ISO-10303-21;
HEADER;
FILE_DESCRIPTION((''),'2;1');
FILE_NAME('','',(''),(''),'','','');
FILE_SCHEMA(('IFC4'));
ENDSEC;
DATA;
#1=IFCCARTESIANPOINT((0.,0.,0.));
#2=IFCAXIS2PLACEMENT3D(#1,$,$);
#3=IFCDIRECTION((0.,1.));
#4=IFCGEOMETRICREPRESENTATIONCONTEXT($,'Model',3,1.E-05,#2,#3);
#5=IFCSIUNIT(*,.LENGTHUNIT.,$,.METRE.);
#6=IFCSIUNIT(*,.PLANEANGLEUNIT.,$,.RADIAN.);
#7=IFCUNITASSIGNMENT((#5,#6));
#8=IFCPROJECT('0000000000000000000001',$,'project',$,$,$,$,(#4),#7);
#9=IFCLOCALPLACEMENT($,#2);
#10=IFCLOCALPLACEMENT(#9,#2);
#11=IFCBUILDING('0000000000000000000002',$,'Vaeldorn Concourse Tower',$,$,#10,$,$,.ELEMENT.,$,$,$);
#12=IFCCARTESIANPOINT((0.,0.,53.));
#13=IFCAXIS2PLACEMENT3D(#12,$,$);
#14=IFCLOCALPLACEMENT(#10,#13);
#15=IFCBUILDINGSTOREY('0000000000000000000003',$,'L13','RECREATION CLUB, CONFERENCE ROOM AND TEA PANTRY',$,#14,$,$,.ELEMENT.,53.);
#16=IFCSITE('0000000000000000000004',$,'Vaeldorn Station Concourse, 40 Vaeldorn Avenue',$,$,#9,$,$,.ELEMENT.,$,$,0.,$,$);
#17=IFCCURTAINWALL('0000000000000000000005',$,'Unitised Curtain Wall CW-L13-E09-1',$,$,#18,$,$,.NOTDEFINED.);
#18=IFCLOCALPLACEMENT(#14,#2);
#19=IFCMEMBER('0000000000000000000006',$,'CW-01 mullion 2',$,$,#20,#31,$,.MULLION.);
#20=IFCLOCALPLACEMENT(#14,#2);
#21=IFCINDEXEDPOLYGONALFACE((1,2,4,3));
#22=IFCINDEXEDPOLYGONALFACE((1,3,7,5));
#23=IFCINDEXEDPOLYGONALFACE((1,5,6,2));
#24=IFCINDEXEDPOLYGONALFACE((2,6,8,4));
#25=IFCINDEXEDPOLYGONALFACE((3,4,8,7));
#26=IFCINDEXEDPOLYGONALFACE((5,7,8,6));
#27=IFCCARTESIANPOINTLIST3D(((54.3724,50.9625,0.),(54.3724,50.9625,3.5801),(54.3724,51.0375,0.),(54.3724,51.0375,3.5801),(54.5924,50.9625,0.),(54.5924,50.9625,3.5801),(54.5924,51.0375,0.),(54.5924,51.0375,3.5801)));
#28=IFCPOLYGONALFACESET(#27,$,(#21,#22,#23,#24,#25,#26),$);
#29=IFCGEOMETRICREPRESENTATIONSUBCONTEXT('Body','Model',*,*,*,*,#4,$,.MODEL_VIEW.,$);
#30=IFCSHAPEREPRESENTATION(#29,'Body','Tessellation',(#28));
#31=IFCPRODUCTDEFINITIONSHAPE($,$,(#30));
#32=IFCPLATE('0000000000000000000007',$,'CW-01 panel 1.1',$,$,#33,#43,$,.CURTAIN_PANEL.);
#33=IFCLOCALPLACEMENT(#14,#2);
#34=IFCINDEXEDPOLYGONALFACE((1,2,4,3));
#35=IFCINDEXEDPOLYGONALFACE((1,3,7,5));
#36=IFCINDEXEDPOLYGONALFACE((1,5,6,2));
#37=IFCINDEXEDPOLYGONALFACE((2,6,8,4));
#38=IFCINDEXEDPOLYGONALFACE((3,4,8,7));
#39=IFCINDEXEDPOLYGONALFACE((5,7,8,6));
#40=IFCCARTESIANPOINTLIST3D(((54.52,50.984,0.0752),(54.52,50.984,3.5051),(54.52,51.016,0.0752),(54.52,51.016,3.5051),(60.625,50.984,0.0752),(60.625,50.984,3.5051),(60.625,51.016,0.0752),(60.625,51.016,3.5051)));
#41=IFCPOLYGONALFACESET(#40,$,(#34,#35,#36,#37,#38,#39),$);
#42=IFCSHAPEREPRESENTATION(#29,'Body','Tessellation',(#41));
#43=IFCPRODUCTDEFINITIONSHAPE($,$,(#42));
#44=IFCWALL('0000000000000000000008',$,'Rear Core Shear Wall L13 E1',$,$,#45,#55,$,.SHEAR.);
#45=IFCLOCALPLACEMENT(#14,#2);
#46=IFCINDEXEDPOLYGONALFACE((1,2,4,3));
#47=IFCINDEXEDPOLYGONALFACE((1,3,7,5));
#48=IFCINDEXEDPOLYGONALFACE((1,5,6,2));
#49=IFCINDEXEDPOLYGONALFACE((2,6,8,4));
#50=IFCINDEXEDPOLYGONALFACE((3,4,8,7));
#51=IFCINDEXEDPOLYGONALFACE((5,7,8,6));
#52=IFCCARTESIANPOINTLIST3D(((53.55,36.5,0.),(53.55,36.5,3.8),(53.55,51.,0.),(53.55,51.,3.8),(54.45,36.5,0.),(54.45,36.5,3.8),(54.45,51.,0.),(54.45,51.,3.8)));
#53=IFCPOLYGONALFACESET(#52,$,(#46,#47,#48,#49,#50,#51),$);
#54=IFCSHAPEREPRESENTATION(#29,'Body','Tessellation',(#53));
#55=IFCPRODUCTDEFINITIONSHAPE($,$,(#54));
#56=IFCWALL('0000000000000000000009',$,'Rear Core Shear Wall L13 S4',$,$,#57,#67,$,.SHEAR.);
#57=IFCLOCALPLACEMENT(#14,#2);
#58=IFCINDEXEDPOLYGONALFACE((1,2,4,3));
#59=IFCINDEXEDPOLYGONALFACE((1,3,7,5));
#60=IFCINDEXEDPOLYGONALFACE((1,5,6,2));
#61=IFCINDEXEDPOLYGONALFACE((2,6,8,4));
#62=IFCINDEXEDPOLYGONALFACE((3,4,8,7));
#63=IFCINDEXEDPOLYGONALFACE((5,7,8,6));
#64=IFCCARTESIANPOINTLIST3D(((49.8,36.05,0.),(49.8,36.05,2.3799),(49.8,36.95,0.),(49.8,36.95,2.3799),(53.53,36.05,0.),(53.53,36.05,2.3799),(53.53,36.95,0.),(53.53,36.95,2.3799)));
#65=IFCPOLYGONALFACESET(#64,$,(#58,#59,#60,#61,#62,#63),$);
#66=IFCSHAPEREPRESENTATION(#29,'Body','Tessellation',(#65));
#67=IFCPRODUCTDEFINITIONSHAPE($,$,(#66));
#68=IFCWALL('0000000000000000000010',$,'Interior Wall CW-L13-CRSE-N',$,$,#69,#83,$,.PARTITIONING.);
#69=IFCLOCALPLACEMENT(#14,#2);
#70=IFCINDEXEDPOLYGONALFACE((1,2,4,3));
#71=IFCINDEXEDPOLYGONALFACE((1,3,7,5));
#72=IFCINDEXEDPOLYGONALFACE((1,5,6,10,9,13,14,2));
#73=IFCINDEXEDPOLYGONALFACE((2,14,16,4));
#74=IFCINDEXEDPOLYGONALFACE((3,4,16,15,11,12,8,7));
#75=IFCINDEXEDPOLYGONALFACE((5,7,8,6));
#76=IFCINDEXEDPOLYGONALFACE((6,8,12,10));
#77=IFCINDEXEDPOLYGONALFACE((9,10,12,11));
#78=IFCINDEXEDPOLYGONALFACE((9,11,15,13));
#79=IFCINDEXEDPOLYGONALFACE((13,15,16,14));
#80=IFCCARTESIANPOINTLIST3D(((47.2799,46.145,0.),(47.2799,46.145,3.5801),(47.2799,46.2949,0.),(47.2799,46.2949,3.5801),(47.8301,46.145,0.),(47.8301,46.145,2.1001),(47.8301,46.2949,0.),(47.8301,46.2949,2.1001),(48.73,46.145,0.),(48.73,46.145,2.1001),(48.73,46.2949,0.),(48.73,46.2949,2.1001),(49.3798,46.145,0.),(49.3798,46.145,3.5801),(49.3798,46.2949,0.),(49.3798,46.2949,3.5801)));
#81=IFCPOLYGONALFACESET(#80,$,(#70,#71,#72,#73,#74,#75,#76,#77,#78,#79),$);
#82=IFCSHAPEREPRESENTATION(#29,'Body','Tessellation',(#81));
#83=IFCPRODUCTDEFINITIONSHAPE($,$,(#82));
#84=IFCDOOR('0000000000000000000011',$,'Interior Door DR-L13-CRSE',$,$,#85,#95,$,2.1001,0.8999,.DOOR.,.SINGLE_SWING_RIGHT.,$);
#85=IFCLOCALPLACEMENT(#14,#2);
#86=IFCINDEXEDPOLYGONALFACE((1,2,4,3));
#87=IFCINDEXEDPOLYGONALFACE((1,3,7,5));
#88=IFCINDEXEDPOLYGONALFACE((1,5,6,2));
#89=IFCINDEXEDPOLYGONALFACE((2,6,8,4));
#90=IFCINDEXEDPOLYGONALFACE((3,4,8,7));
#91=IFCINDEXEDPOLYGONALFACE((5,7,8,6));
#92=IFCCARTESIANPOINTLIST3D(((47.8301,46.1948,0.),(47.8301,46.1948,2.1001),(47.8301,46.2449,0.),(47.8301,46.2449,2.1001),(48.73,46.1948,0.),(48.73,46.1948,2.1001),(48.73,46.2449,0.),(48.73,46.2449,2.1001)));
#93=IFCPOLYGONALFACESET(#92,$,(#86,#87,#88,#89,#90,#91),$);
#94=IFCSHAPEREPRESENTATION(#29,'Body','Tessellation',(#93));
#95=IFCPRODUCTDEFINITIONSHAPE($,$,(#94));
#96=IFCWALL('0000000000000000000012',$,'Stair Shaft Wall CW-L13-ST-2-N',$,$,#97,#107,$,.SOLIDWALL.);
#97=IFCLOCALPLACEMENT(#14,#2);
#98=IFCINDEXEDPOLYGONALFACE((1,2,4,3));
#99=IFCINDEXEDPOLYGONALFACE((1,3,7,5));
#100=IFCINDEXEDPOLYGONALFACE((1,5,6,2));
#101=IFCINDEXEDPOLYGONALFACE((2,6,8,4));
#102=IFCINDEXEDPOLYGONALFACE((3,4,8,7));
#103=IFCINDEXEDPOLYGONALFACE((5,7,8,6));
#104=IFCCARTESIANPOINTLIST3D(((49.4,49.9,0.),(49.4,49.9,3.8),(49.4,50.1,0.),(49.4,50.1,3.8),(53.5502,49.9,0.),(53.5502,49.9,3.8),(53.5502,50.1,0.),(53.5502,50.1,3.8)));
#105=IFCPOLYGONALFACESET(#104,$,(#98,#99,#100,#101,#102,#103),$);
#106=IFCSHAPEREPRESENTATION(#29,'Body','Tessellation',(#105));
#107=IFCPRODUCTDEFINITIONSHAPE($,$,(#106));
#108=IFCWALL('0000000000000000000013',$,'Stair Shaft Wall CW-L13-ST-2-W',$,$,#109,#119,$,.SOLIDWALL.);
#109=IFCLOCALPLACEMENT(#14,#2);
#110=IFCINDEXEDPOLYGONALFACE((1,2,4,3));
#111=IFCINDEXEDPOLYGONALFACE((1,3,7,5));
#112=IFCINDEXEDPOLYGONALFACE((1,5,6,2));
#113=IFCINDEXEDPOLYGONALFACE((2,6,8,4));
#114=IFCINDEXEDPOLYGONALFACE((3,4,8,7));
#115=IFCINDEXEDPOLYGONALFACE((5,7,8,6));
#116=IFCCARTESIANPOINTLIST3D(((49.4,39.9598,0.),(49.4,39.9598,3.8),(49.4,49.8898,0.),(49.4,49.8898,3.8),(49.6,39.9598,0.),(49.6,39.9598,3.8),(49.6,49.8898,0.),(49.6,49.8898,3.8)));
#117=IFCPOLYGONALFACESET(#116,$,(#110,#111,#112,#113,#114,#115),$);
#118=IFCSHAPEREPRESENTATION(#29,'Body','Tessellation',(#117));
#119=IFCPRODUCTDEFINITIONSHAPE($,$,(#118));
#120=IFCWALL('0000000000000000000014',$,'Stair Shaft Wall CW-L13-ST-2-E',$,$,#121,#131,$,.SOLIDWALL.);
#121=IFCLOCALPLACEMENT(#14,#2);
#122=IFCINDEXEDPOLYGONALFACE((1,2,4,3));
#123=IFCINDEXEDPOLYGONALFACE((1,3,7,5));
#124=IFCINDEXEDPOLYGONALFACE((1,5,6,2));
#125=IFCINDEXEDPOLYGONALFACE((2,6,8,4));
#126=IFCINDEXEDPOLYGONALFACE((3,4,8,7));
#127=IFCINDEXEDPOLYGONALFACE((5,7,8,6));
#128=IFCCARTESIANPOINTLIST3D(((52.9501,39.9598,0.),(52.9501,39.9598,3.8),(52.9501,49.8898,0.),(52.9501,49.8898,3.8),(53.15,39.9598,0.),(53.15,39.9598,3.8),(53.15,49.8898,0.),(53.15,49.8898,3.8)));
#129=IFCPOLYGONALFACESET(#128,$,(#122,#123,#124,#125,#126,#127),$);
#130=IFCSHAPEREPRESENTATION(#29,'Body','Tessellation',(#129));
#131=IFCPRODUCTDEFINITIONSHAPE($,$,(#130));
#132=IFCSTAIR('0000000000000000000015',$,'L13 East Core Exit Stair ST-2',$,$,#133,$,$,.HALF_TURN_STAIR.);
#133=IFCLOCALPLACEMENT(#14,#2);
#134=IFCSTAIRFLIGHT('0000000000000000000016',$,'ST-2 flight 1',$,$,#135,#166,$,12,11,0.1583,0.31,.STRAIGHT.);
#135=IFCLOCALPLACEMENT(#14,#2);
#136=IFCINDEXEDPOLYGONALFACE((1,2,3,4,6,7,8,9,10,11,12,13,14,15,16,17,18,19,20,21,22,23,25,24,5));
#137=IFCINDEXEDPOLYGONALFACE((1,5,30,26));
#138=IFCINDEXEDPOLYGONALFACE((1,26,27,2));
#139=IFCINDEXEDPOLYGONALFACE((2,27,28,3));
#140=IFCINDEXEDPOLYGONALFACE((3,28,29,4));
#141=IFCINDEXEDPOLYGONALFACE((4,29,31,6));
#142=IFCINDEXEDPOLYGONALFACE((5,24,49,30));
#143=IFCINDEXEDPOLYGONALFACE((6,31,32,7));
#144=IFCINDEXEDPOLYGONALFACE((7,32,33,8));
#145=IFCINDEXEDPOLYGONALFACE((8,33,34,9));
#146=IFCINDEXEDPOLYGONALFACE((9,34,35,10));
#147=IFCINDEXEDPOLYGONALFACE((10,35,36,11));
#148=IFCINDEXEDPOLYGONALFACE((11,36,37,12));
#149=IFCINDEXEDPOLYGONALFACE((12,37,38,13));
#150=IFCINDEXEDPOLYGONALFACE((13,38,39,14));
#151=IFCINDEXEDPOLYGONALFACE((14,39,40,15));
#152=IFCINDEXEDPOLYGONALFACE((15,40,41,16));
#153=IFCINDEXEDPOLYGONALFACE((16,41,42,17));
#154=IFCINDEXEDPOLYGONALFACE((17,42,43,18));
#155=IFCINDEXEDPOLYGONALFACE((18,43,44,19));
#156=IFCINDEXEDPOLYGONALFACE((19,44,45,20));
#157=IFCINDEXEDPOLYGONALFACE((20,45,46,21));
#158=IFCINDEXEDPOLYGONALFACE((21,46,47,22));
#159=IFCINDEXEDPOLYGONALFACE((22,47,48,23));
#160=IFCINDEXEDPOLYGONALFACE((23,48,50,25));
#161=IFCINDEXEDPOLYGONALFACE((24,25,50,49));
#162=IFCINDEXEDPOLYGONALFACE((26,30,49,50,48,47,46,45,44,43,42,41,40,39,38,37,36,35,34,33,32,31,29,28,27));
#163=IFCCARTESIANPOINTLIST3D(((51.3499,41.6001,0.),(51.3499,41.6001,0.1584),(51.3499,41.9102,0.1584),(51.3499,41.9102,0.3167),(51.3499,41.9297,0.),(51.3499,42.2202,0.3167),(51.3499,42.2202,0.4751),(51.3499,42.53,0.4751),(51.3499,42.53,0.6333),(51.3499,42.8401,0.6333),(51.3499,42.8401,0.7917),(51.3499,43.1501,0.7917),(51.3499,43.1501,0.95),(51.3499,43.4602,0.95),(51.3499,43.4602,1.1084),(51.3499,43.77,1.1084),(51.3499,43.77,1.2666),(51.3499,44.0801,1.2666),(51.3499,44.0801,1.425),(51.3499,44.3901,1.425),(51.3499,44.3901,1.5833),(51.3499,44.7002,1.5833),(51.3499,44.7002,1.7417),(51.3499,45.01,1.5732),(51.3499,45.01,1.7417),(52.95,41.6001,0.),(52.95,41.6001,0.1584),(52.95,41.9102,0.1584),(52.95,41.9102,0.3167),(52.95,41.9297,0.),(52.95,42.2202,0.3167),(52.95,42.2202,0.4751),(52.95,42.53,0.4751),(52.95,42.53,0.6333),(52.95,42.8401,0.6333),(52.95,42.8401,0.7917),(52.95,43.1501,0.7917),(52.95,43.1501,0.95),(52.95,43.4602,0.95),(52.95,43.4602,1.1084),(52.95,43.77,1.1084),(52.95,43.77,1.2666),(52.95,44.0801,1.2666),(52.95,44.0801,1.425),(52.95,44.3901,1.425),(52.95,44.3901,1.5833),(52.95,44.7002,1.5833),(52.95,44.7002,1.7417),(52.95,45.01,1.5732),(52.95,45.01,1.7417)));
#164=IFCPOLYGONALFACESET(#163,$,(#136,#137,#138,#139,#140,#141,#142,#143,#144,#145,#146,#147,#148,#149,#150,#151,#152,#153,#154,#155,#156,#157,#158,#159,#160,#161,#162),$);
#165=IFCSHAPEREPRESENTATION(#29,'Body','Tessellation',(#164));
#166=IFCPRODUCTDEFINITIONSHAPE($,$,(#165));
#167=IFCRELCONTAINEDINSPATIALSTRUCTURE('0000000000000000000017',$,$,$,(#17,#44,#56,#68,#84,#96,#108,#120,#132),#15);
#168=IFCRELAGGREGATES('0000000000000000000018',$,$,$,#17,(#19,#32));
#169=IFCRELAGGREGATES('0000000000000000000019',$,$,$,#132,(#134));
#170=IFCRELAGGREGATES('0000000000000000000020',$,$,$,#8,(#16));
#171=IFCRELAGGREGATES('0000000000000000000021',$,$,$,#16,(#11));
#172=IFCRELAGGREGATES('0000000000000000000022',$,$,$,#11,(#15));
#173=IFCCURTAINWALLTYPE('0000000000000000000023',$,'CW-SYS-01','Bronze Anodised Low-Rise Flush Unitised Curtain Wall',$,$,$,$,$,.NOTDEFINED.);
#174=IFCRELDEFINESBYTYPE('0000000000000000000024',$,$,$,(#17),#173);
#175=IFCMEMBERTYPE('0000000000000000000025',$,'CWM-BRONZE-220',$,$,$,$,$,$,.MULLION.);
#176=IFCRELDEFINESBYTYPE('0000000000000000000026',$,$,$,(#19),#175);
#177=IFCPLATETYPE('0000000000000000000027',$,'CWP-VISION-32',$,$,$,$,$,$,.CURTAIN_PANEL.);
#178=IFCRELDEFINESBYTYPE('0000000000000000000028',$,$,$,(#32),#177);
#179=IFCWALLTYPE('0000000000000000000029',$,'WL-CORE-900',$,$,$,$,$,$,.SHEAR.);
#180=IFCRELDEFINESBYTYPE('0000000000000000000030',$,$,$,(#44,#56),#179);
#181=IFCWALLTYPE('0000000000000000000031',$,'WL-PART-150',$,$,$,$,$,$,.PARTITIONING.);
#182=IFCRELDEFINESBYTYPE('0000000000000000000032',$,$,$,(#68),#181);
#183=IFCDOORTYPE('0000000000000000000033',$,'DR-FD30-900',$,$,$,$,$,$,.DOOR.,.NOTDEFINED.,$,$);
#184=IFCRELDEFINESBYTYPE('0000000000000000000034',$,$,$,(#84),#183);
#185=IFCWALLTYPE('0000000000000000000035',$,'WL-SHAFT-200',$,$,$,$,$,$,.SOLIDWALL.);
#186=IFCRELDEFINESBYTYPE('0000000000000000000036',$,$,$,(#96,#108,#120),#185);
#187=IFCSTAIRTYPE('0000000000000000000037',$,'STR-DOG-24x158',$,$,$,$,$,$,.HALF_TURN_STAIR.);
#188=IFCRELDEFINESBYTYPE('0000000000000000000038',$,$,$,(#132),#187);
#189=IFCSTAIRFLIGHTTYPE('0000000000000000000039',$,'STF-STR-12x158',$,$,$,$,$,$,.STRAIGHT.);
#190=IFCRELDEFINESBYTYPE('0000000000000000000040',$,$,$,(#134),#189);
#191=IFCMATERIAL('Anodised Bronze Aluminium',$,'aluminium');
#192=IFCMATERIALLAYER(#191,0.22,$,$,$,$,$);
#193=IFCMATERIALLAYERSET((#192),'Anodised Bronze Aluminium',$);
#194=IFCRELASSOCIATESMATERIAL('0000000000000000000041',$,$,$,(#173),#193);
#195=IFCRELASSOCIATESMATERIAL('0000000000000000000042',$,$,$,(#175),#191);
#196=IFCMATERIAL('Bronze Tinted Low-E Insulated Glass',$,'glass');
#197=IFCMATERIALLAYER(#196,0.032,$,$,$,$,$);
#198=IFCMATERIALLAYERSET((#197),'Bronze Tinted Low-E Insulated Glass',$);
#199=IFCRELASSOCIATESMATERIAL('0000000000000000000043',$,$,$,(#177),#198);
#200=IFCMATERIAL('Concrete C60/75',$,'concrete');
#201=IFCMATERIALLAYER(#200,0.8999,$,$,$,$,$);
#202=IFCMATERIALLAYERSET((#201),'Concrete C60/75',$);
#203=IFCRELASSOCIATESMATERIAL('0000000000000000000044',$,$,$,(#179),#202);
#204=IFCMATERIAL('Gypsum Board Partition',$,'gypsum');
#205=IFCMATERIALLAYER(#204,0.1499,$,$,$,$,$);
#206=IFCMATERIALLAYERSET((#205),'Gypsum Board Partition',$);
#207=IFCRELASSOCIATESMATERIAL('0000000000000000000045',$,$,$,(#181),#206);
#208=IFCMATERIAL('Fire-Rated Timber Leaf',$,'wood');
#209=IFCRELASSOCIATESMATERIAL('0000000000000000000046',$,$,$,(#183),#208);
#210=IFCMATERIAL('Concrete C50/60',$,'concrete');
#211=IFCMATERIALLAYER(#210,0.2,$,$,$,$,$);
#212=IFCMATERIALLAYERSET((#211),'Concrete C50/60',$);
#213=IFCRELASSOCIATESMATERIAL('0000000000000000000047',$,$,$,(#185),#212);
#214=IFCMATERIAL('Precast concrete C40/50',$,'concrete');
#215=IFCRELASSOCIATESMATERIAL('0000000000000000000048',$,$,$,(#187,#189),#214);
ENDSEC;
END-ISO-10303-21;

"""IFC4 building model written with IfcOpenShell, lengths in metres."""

from ifc_helpers import new_model, si_unit, direction, frame, frame_2d, origin, origin_2d, place, context, subcontext, project, spatial, polyline, rectangle, outline, extrude, source, transform, mapped, material, layer, layer_set, material_profile, profile_set, type_object, element, fill, aggregate, save


model = new_model("IFC4")

# Units and contexts
model_context = context("Model", 3, precision=1e-05, world=origin(), true_north=direction((0.0, 1.0)))
body_context = subcontext(model_context, "Body", "Model", "MODEL_VIEW")
ifc_project = project(units=[si_unit("LENGTHUNIT", "METRE"), si_unit("PLANEANGLEUNIT", "RADIAN")], contexts=[model_context])

# Site, building, storey
site_placement = place(None, origin())
site = spatial("IfcSite", under=ifc_project, at=site_placement, Name="Vaeldorn Station Concourse, 40 Vaeldorn Avenue", CompositionType="ELEMENT", RefElevation=0.0)
building_placement = place(site_placement, origin())
building = spatial("IfcBuilding", under=site, at=building_placement, Name="Vaeldorn Concourse Tower", CompositionType="ELEMENT")
storey_placement = place(building_placement, frame((0.0, 0.0, 53.0)))
storey = spatial("IfcBuildingStorey", under=building, at=storey_placement, Name="L13", Description="RECREATION CLUB, CONFERENCE ROOM AND TEA PANTRY", CompositionType="ELEMENT", Elevation=53.0)

# Shared definitions
ifc_material_1 = material(Name="Concrete C60/75", Category="concrete")

# Curtain wall, member, plate
ifc_material_2 = material(Name="Anodised Bronze Aluminium", Category="aluminium")
ifc_layer_1 = layer(ifc_material_2, 0.22)
ifc_layer_set_1 = layer_set([ifc_layer_1], Name="Anodised Bronze Aluminium")
curtain_wall_type = type_object("IfcCurtainWallType", Name="CW-SYS-01", Description="Bronze Anodised Low-Rise Flush Unitised Curtain Wall", PredefinedType="NOTDEFINED", material=ifc_layer_set_1)
curtain_wall_placement = place(storey_placement, origin())
curtain_wall = element("IfcCurtainWall", 1, at=curtain_wall_placement, inside=storey, type_object=curtain_wall_type, Name="Unitised Curtain Wall CW-L13-E09-1", PredefinedType="NOTDEFINED")
ifc_material_profile_1 = material_profile(ifc_material_2, rectangle(XDim=0.075, YDim=0.22, at=origin_2d()), Name="CWM 75x220")
ifc_profile_set_1 = profile_set([ifc_material_profile_1], Name="Anodised Bronze Aluminium")
member_type = type_object("IfcMemberType", Name="CWM-BRONZE-220", PredefinedType="MULLION", material=ifc_profile_set_1)
shared_shape_1 = source(origin(), body_context, "Body", "SweptSolid", [
    extrude(rectangle(XDim=0.075, YDim=0.22, at=origin_2d()), origin(), (0.0, 0.0, 1.0), 3.5801),
])
member_placement = place(storey_placement, frame((54.4824, 51.0, 0.0), z_axis=(0.0, 0.0, 1.0), x_axis=(0.0, -1.0, 0.0)))
member = element("IfcMember", 2, at=member_placement, type_object=member_type, Name="CW-01 mullion 2", PredefinedType="MULLION", context=body_context, shape_type="MappedRepresentation", body=[
    mapped(shared_shape_1, transform((0.0, 0.0, 0.0), scale=1.0)),
])
ifc_material_3 = material(Name="Bronze Tinted Low-E Insulated Glass", Category="glass")
ifc_layer_2 = layer(ifc_material_3, 0.032)
ifc_layer_set_2 = layer_set([ifc_layer_2], Name="Bronze Tinted Low-E Insulated Glass")
plate_type = type_object("IfcPlateType", Name="CWP-VISION-32", PredefinedType="CURTAIN_PANEL", material=ifc_layer_set_2)
shared_shape_2 = source(origin(), body_context, "Body", "SweptSolid", [
    extrude(rectangle(XDim=6.105, YDim=0.032, at=origin_2d()), origin(), (0.0, 0.0, 1.0), 3.4299),
])
plate_placement = place(storey_placement, frame((57.5725, 51.0, 0.0752), z_axis=(0.0, 0.0, 1.0), x_axis=(-1.0, 0.0, 0.0)))
plate = element("IfcPlate", 3, at=plate_placement, type_object=plate_type, Name="CW-01 panel 1.1", PredefinedType="CURTAIN_PANEL", context=body_context, shape_type="MappedRepresentation", body=[
    mapped(shared_shape_2, transform((0.0, 0.0, 0.0), scale=1.0)),
])
aggregate(curtain_wall, [member, plate])

# Walls
ifc_layer_3 = layer(ifc_material_1, 0.8999)
ifc_layer_set_3 = layer_set([ifc_layer_3], Name="Concrete C60/75")
wall_type_1 = type_object("IfcWallType", Name="WL-CORE-900", PredefinedType="SHEAR", material=ifc_layer_set_3)
wall_1_placement = place(storey_placement, frame((54.0, 36.5, 0.0), z_axis=(0.0, 0.0, 1.0), x_axis=(0.0, 1.0, 0.0)))
element("IfcWall", 4, at=wall_1_placement, inside=storey, type_object=wall_type_1, Name="Rear Core Shear Wall L13 E1", PredefinedType="SHEAR", context=body_context, shape_type="SweptSolid", body=[
    extrude(rectangle(XDim=14.5, YDim=0.8999, at=frame_2d((7.25, 0.0))), origin(), (0.0, 0.0, 1.0), 3.8),
])
wall_2_placement = place(storey_placement, frame((49.8, 36.5, 0.0), z_axis=(0.0, 0.0, 1.0), x_axis=(1.0, 0.0, 0.0)))
element("IfcWall", 5, at=wall_2_placement, inside=storey, type_object=wall_type_1, Name="Rear Core Shear Wall L13 S4", PredefinedType="SHEAR", context=body_context, shape_type="SweptSolid", body=[
    extrude(rectangle(XDim=3.73, YDim=0.8999, at=frame_2d((1.865, 0.0))), origin(), (0.0, 0.0, 1.0), 2.3799),
])

# Wall, opening, door
ifc_material_4 = material(Name="Gypsum Board Partition", Category="gypsum")
ifc_layer_4 = layer(ifc_material_4, 0.1499)
ifc_layer_set_4 = layer_set([ifc_layer_4], Name="Gypsum Board Partition")
wall_type_2 = type_object("IfcWallType", Name="WL-PART-150", PredefinedType="PARTITIONING", material=ifc_layer_set_4)
wall_3_placement = place(storey_placement, frame((47.28, 46.22, 0.0), z_axis=(0.0, 0.0, 1.0), x_axis=(1.0, 0.0, 0.0)))
wall_3 = element("IfcWall", 6, at=wall_3_placement, inside=storey, type_object=wall_type_2, Name="Interior Wall CW-L13-CRSE-N", PredefinedType="PARTITIONING", context=body_context, shape_type="SweptSolid", body=[
    extrude(rectangle(XDim=2.0999, YDim=0.1499, at=frame_2d((1.0498, 0.0))), origin(), (0.0, 0.0, 1.0), 3.5801),
])
opening_1_placement = place(wall_3_placement, frame((0.55, 0.0, 0.0)))
opening_1 = element("IfcOpeningElement", 7, at=opening_1_placement, cuts=wall_3, PredefinedType="OPENING", context=body_context, shape_type="SweptSolid", body=[
    extrude(rectangle(XDim=0.8999, YDim=2.1001, at=frame_2d((0.45, 1.05))), frame((0.0, 0.085, 0.0), z_axis=(0.0, -1.0, 0.0), x_axis=(1.0, 0.0, 0.0)), (0.0, 0.0, 1.0), 0.1699),
])
ifc_material_5 = material(Name="Fire-Rated Timber Leaf", Category="wood")
door_type_1 = type_object("IfcDoorType", Name="DR-FD30-900", OperationType="NOTDEFINED", PredefinedType="DOOR", material=ifc_material_5)
shared_shape_3 = source(origin(), body_context, "Body", "SweptSolid", [
    extrude(rectangle(XDim=0.8999, YDim=2.1001, at=frame_2d((0.45, 1.05))), frame((0.0, 0.0249, 0.0), z_axis=(0.0, -1.0, 0.0), x_axis=(1.0, 0.0, 0.0)), (0.0, 0.0, 1.0), 0.05),
])
door_1_placement = place(opening_1_placement, origin())
door_1 = element("IfcDoor", 8, at=door_1_placement, inside=storey, type_object=door_type_1, Name="Interior Door DR-L13-CRSE", OperationType="SINGLE_SWING_RIGHT", OverallHeight=2.1001, OverallWidth=0.8999, PredefinedType="DOOR", context=body_context, shape_type="MappedRepresentation", body=[
    mapped(shared_shape_3, transform((0.0, 0.0, 0.0), scale=1.0)),
])
fill(opening_1, door_1)
ifc_material_6 = material(Name="Concrete C50/60", Category="concrete")
ifc_layer_5 = layer(ifc_material_6, 0.2)
ifc_layer_set_5 = layer_set([ifc_layer_5], Name="Concrete C50/60")
wall_type_3 = type_object("IfcWallType", Name="WL-SHAFT-200", PredefinedType="SOLIDWALL", material=ifc_layer_set_5)

# Walls
wall_4_placement = place(storey_placement, frame((49.3999, 50.0, 0.0), z_axis=(0.0, 0.0, 1.0), x_axis=(1.0, 0.0, 0.0)))
element("IfcWall", 9, at=wall_4_placement, inside=storey, type_object=wall_type_3, Name="Stair Shaft Wall CW-L13-ST-2-N", PredefinedType="SOLIDWALL", context=body_context, shape_type="SweptSolid", body=[
    extrude(rectangle(XDim=4.1501, YDim=0.2, at=frame_2d((2.0752, 0.0))), origin(), (0.0, 0.0, 1.0), 3.8),
])
for number, where, z_axis, x_axis, name in (
    (10, (49.5, 39.96, 0.0), (0.0, 0.0, 1.0), (0.0, 1.0, 0.0), "Stair Shaft Wall CW-L13-ST-2-W"),
    (11, (53.05, 39.96, 0.0), (0.0, 0.0, 1.0), (0.0, 1.0, 0.0), "Stair Shaft Wall CW-L13-ST-2-E"),
):
    element("IfcWall", number, at=place(storey_placement, frame(where, z_axis=z_axis, x_axis=x_axis)), inside=storey, type_object=wall_type_3, Name=name, PredefinedType="SOLIDWALL", context=body_context, shape_type="SweptSolid", body=[
        extrude(rectangle(XDim=9.9299, YDim=0.2, at=frame_2d((4.9648, 0.0))), origin(), (0.0, 0.0, 1.0), 3.8),
    ])

# Stair, stair flight
ifc_material_7 = material(Name="Precast concrete C40/50", Category="concrete")
stair_type = type_object("IfcStairType", Name="STR-DOG-24x158", PredefinedType="HALF_TURN_STAIR", material=ifc_material_7)
stair_placement = place(storey_placement, origin())
stair = element("IfcStair", 12, at=stair_placement, inside=storey, type_object=stair_type, Name="L13 East Core Exit Stair ST-2", PredefinedType="HALF_TURN_STAIR")
stair_flight_type = type_object("IfcStairFlightType", Name="STF-STR-12x158", PredefinedType="STRAIGHT", material=ifc_material_7)
stair_flight_1_placement = place(storey_placement, frame((52.1499, 41.6001, 0.0), z_axis=(0.0, 0.0, 1.0), x_axis=(0.0, 1.0, 0.0)))
stair_flight_1 = element("IfcStairFlight", 13, at=stair_flight_1_placement, type_object=stair_flight_type, Name="ST-2 flight 1", NumberOfRisers=12, NumberOfTreads=11, PredefinedType="STRAIGHT", RiserHeight=0.1583, TreadLength=0.31, context=body_context, shape_type="SweptSolid", body=[
    extrude(outline(polyline([(0.0, 0.0), (0.0, 0.1584), (0.3101, 0.1584), (0.3101, 0.3167), (0.6201, 0.3167), (0.6201, 0.4751), (0.9299, 0.4751), (0.9299, 0.6333), (1.24, 0.6333), (1.24, 0.7917), (1.55, 0.7917), (1.55, 0.95), (1.8601, 0.95), (1.8601, 1.1084), (2.1699, 1.1084), (2.1699, 1.2666), (2.48, 1.2666), (2.48, 1.425), (2.79, 1.425), (2.79, 1.5833), (3.1001, 1.5833), (3.1001, 1.7417), (3.4099, 1.7417), (3.4099, 1.8999), (3.4099, 1.5732), (0.3296, 0.0), (0.0, 0.0)])), frame((0.0, 0.8, 0.0), z_axis=(0.0, -1.0, 0.0), x_axis=(1.0, 0.0, 0.0)), (0.0, 0.0, 1.0), 1.6001),
])
aggregate(stair, [stair_flight_1])

save(model, "model.ifc")
